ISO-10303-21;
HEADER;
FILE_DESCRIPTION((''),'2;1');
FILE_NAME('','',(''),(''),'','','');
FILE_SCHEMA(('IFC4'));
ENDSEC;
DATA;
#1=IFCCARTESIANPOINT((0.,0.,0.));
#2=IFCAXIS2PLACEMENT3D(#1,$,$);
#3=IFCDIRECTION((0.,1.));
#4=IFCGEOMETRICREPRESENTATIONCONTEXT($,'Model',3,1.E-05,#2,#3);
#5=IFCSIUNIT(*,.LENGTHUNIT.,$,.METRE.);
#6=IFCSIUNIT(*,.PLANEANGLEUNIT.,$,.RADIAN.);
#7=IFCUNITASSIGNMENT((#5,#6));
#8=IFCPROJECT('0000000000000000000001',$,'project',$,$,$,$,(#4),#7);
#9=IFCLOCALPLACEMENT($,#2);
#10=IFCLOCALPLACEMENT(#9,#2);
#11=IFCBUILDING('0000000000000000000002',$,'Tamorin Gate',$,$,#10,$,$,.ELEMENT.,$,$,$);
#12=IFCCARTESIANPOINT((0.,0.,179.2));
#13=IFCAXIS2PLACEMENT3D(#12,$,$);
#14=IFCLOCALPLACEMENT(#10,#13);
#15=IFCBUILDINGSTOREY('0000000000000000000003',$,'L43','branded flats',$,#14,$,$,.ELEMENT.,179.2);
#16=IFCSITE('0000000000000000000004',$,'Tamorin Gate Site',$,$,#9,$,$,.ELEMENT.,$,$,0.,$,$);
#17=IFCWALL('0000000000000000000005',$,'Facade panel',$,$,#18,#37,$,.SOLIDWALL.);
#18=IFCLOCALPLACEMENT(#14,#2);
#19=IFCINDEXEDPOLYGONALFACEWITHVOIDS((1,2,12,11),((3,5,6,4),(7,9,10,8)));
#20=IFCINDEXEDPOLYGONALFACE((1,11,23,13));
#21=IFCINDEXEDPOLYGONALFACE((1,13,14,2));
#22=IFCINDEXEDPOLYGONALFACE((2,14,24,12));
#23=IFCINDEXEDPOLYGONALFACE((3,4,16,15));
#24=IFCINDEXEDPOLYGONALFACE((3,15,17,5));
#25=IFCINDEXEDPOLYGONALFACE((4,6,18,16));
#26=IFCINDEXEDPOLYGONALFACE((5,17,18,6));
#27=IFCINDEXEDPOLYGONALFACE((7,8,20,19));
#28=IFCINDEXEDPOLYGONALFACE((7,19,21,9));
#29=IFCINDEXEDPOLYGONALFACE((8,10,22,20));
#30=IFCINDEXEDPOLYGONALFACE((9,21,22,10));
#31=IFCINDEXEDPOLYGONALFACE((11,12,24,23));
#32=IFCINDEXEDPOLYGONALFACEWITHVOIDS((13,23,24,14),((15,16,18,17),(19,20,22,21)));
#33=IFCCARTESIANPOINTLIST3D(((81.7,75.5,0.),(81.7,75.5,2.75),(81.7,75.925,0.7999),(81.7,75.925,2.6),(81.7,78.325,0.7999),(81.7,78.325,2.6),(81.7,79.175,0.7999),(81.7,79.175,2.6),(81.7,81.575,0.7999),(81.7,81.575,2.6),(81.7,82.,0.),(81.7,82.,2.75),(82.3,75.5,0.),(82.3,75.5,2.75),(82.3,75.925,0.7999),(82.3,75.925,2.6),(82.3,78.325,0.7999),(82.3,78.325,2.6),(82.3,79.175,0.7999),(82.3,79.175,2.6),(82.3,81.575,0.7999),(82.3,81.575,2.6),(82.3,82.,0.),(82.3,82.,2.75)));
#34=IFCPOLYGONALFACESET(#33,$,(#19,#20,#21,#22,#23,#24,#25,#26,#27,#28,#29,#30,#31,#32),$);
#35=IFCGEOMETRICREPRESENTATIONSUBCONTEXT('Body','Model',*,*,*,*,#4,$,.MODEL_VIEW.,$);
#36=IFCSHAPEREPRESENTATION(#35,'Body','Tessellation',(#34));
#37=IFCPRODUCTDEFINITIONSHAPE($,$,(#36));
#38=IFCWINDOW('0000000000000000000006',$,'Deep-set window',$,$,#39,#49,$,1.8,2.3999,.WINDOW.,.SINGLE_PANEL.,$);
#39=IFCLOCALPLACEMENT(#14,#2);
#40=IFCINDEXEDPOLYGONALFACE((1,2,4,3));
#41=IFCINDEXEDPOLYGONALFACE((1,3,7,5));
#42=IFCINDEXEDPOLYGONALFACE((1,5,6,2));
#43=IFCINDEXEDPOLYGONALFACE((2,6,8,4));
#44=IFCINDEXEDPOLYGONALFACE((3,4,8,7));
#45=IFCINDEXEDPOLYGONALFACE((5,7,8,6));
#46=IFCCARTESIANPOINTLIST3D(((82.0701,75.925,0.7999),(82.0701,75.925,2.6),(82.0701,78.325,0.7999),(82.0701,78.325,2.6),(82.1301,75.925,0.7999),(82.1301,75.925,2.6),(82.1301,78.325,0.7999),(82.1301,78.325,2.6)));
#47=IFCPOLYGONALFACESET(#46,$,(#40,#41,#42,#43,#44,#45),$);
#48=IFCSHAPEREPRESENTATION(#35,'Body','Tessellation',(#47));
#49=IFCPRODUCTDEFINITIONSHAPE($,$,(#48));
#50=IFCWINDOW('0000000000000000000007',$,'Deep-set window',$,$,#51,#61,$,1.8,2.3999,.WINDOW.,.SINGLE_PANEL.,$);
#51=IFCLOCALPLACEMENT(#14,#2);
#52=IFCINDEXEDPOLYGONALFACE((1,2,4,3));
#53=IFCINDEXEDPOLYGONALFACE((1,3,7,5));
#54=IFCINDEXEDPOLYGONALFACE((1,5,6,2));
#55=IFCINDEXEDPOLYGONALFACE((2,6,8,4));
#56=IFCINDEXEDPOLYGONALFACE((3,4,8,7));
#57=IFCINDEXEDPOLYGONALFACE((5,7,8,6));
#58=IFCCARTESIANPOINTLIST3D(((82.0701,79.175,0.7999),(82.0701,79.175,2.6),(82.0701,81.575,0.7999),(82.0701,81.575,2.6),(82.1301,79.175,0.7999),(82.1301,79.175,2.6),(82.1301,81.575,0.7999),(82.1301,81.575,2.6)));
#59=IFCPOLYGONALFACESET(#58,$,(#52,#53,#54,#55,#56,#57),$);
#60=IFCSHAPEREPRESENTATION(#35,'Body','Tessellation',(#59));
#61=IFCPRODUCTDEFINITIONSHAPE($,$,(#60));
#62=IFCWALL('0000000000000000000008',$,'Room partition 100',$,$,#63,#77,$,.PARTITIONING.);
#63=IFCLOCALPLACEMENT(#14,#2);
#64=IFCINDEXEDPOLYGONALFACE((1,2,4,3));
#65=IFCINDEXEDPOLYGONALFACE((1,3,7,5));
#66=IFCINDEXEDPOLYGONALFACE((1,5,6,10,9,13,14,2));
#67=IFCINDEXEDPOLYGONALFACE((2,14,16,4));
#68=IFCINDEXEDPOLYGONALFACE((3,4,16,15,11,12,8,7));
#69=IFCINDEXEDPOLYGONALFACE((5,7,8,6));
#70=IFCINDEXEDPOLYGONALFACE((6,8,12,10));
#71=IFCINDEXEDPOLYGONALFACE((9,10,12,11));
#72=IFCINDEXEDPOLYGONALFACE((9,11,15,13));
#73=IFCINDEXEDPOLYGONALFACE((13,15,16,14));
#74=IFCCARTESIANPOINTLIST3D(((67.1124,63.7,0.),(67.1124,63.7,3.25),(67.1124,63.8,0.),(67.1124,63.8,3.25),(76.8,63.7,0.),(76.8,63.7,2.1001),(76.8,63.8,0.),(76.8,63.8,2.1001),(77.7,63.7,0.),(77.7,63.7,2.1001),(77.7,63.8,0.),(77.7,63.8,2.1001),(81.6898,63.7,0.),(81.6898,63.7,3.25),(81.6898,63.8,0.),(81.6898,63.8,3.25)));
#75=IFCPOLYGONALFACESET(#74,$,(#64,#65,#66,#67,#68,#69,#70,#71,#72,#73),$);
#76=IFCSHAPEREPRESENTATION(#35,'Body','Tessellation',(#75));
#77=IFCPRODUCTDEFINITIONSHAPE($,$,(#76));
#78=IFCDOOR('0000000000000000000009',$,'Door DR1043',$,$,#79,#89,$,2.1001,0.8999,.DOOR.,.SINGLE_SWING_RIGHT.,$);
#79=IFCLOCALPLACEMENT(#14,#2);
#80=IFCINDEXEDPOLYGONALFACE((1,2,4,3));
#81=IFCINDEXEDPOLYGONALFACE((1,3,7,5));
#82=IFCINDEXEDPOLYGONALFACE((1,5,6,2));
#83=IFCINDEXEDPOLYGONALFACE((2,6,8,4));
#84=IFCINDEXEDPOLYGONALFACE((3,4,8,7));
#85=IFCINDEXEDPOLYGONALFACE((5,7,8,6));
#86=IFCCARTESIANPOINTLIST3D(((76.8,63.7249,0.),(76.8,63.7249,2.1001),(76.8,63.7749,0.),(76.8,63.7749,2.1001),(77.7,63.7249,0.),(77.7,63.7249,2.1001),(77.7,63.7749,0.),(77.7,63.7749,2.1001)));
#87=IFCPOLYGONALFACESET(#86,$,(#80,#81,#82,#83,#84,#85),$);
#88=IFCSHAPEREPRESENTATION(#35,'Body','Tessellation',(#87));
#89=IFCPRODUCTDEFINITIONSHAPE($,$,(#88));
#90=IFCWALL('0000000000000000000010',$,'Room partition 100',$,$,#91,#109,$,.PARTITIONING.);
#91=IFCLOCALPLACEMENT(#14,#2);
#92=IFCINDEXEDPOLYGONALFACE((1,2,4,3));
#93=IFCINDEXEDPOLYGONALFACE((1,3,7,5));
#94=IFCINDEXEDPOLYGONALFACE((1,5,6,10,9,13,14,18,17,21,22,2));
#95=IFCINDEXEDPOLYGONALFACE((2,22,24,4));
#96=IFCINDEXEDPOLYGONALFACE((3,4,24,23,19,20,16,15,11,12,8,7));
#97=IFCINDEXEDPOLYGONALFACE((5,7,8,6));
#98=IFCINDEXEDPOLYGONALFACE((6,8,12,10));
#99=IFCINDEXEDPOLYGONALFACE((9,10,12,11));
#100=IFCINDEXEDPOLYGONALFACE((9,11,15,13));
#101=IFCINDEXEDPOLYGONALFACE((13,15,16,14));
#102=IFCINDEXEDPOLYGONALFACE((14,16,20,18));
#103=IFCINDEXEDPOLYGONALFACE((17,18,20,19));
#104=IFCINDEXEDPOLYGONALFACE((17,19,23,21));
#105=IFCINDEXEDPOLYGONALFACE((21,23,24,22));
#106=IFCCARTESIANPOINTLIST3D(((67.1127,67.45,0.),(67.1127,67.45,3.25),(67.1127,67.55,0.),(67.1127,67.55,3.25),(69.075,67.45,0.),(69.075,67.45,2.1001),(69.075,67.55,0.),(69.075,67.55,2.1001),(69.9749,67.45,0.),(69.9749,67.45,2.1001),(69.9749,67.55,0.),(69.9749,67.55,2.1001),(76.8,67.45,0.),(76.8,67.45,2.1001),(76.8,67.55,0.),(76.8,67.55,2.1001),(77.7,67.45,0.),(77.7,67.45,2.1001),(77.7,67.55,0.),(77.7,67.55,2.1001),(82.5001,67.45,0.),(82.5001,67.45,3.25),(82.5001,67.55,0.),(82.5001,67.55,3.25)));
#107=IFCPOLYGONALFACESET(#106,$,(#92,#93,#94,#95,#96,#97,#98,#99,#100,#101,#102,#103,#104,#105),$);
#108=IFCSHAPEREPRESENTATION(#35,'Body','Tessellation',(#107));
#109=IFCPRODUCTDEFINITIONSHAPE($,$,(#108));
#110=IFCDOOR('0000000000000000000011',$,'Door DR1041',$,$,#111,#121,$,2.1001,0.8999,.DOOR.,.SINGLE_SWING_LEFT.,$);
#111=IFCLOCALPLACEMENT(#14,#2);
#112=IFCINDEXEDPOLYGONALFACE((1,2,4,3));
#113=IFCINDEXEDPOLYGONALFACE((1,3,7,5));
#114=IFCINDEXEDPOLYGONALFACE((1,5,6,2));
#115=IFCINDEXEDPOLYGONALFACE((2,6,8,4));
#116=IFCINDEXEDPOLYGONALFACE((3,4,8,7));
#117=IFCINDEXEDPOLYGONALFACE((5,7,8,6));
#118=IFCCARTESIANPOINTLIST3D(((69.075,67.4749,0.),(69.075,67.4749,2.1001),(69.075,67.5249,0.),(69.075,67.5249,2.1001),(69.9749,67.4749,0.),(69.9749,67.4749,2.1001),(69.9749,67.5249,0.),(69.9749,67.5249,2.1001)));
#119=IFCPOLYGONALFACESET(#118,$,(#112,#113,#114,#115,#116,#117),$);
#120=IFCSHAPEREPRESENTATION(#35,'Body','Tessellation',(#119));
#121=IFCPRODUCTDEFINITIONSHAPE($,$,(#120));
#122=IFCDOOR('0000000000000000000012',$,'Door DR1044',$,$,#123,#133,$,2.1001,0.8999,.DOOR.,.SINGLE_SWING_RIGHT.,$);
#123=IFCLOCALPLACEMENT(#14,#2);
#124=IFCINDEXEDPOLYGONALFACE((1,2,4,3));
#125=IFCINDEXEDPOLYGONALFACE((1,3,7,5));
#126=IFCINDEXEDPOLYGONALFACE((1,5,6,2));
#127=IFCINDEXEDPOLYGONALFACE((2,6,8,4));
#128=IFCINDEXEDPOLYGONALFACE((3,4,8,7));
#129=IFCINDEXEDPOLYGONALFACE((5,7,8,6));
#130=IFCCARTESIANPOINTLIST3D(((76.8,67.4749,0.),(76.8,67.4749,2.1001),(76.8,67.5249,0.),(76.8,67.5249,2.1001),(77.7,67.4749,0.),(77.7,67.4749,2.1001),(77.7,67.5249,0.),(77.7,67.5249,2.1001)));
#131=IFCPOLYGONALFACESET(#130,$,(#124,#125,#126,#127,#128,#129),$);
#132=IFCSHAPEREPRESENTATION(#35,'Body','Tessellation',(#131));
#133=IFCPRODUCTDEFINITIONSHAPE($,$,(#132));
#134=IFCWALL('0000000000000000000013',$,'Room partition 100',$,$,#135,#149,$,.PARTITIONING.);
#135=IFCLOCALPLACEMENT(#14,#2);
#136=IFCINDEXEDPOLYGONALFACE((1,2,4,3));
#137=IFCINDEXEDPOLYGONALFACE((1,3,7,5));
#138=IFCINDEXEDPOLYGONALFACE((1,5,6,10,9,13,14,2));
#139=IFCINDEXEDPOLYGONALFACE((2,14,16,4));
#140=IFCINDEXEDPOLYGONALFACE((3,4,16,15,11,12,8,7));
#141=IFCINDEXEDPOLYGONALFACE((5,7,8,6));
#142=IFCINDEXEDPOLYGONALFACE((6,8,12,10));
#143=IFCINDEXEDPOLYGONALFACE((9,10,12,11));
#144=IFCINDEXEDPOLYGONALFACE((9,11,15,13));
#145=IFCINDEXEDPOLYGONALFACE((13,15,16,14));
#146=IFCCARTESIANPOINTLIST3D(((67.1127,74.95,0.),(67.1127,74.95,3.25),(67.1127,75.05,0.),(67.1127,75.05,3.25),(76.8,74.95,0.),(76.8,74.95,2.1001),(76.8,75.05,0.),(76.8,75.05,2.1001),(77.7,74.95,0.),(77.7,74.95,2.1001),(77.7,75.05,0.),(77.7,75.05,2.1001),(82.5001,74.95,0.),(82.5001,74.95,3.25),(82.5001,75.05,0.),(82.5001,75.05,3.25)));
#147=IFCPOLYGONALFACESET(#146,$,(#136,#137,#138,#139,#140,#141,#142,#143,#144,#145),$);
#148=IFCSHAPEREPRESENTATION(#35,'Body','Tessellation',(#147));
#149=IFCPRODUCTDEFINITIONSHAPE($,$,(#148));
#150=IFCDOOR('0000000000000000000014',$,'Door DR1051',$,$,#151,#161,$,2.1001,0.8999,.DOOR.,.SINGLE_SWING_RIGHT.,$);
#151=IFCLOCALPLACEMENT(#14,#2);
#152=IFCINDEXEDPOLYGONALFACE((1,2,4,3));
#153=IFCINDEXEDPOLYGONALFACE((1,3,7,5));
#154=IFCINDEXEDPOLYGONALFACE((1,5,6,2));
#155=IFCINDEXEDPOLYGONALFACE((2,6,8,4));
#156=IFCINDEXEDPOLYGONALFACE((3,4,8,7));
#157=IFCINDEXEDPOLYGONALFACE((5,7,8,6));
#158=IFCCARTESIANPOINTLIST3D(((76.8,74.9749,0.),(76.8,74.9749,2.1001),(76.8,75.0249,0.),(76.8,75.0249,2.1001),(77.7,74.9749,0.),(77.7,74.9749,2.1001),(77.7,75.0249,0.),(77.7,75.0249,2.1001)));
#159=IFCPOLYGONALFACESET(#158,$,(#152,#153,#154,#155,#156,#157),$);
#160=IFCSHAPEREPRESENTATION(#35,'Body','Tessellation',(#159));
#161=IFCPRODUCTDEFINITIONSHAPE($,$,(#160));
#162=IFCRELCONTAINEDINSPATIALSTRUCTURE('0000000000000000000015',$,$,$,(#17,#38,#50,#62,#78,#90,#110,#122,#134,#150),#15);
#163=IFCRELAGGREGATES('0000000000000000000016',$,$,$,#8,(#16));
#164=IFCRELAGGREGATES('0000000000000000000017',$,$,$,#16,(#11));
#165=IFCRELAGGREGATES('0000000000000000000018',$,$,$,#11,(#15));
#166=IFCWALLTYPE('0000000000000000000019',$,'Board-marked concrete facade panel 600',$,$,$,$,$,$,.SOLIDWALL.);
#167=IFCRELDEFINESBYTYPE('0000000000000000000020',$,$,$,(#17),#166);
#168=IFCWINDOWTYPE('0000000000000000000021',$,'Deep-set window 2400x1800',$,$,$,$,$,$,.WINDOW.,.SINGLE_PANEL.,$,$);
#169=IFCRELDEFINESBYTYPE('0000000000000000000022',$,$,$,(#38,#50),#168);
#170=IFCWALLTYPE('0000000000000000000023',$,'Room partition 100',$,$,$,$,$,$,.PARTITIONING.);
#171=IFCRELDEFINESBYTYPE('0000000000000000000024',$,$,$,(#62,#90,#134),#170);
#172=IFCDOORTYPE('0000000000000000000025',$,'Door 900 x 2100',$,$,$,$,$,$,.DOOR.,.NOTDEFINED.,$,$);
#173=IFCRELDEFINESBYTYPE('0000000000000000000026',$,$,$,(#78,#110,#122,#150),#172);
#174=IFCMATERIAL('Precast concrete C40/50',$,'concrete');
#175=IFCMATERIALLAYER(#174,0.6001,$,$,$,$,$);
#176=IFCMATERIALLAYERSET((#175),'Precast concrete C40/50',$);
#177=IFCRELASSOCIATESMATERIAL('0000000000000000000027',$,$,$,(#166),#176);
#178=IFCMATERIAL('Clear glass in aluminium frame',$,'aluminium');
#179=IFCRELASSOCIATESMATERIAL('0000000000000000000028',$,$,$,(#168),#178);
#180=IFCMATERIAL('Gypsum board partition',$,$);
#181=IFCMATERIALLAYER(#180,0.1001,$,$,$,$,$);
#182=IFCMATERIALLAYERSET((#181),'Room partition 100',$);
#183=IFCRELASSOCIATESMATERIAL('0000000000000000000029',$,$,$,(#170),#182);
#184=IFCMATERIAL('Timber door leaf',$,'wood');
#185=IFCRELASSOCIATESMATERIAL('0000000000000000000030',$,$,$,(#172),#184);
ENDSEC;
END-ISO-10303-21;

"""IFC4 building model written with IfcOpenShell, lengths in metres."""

from ifc_helpers import new_model, si_unit, direction, frame, frame_2d, origin, place, context, subcontext, project, spatial, rectangle, extrude, material, layer, layer_set, type_object, element, fill, save


model = new_model("IFC4")

# Units and contexts
model_context = context("Model", 3, precision=1e-05, world=origin(), true_north=direction((0.0, 1.0)))
body_context = subcontext(model_context, "Body", "Model", "MODEL_VIEW")
ifc_project = project(units=[si_unit("LENGTHUNIT", "METRE"), si_unit("PLANEANGLEUNIT", "RADIAN")], contexts=[model_context])

# Site, building, storey
site_placement = place(None, origin())
site = spatial("IfcSite", under=ifc_project, at=site_placement, Name="Tamorin Gate Site", CompositionType="ELEMENT", RefElevation=0.0)
building_placement = place(site_placement, origin())
building = spatial("IfcBuilding", under=site, at=building_placement, Name="Tamorin Gate", CompositionType="ELEMENT")
storey_placement = place(building_placement, frame((0.0, 0.0, 179.2)))
storey = spatial("IfcBuildingStorey", under=building, at=storey_placement, Name="L43", Description="branded flats", CompositionType="ELEMENT", Elevation=179.2)

# Wall, openings, windows
ifc_material_1 = material(Name="Precast concrete C40/50", Category="concrete")
ifc_layer_1 = layer(ifc_material_1, 0.6001)
ifc_layer_set_1 = layer_set([ifc_layer_1], Name="Precast concrete C40/50")
wall_type_1 = type_object("IfcWallType", Name="Board-marked concrete facade panel 600", PredefinedType="SOLIDWALL", material=ifc_layer_set_1)
ifc_material_2 = material(Name="Clear glass in aluminium frame", Category="aluminium")
window_type = type_object("IfcWindowType", Name="Deep-set window 2400x1800", PartitioningType="SINGLE_PANEL", PredefinedType="WINDOW", material=ifc_material_2)
wall_1_placement = place(storey_placement, frame((82.0, 75.5, 0.0), z_axis=(0.0, 0.0, 1.0), x_axis=(0.0, 1.0, 0.0)))
wall_1 = element("IfcWall", 1, at=wall_1_placement, inside=storey, type_object=wall_type_1, Name="Facade panel", PredefinedType="SOLIDWALL", context=body_context, shape_type="SweptSolid", body=[
    extrude(rectangle(XDim=6.5, YDim=0.6001, at=frame_2d((3.25, 0.0))), origin(), (0.0, 0.0, 1.0), 2.75),
])
opening_1_placement = place(wall_1_placement, frame((0.425, 0.0, 0.8)))
opening_1 = element("IfcOpeningElement", 2, at=opening_1_placement, cuts=wall_1, PredefinedType="OPENING", context=body_context, shape_type="SweptSolid", body=[
    extrude(rectangle(XDim=2.3999, YDim=1.8, at=frame_2d((1.2, 0.8999))), frame((0.0, 0.3101, 0.0), z_axis=(0.0, -1.0, 0.0), x_axis=(1.0, 0.0, 0.0)), (0.0, 0.0, 1.0), 0.6201),
])
opening_2_placement = place(wall_1_placement, frame((3.675, 0.0, 0.8)))
opening_2 = element("IfcOpeningElement", 3, at=opening_2_placement, cuts=wall_1, PredefinedType="OPENING", context=body_context, shape_type="SweptSolid", body=[
    extrude(rectangle(XDim=2.3999, YDim=1.8, at=frame_2d((1.2, 0.8999))), frame((0.0, 0.3101, 0.0), z_axis=(0.0, -1.0, 0.0), x_axis=(1.0, 0.0, 0.0)), (0.0, 0.0, 1.0), 0.6201),
])
window_1_placement = place(opening_1_placement, origin())
window_1 = element("IfcWindow", 4, at=window_1_placement, inside=storey, type_object=window_type, Name="Deep-set window", OverallHeight=1.8, OverallWidth=2.3999, PartitioningType="SINGLE_PANEL", PredefinedType="WINDOW", context=body_context, shape_type="SweptSolid", body=[
    extrude(rectangle(XDim=2.3999, YDim=1.8, at=frame_2d((1.2, 0.8999))), frame((0.0, -0.0701, 0.0), z_axis=(0.0, -1.0, 0.0), x_axis=(1.0, 0.0, 0.0)), (0.0, 0.0, 1.0), 0.0601),
])
fill(opening_1, window_1)
window_2_placement = place(opening_2_placement, origin())
window_2 = element("IfcWindow", 5, at=window_2_placement, inside=storey, type_object=window_type, Name="Deep-set window", OverallHeight=1.8, OverallWidth=2.3999, PartitioningType="SINGLE_PANEL", PredefinedType="WINDOW", context=body_context, shape_type="SweptSolid", body=[
    extrude(rectangle(XDim=2.3999, YDim=1.8, at=frame_2d((1.2, 0.8999))), frame((0.0, -0.0701, 0.0), z_axis=(0.0, -1.0, 0.0), x_axis=(1.0, 0.0, 0.0)), (0.0, 0.0, 1.0), 0.0601),
])
fill(opening_2, window_2)

# Wall, opening, door
ifc_material_3 = material(Name="Gypsum board partition")
ifc_layer_2 = layer(ifc_material_3, 0.1001)
ifc_layer_set_2 = layer_set([ifc_layer_2], Name="Room partition 100")
wall_type_2 = type_object("IfcWallType", Name="Room partition 100", PredefinedType="PARTITIONING", material=ifc_layer_set_2)
wall_2_placement = place(storey_placement, frame((67.1125, 63.75, 0.0), z_axis=(0.0, 0.0, 1.0), x_axis=(1.0, 0.0, 0.0)))
wall_2 = element("IfcWall", 6, at=wall_2_placement, inside=storey, type_object=wall_type_2, Name="Room partition 100", PredefinedType="PARTITIONING", context=body_context, shape_type="SweptSolid", body=[
    extrude(rectangle(XDim=14.5774, YDim=0.1001, at=frame_2d((7.2886, 0.0))), origin(), (0.0, 0.0, 1.0), 3.25),
])
opening_3_placement = place(wall_2_placement, frame((9.6875, 0.0, 0.0)))
opening_3 = element("IfcOpeningElement", 7, at=opening_3_placement, cuts=wall_2, PredefinedType="OPENING", context=body_context, shape_type="SweptSolid", body=[
    extrude(rectangle(XDim=0.8999, YDim=2.1001, at=frame_2d((0.45, 1.05))), frame((0.0, 0.0601, 0.0), z_axis=(0.0, -1.0, 0.0), x_axis=(1.0, 0.0, 0.0)), (0.0, 0.0, 1.0), 0.1201),
])
ifc_material_4 = material(Name="Timber door leaf", Category="wood")
door_type = type_object("IfcDoorType", Name="Door 900 x 2100", OperationType="NOTDEFINED", PredefinedType="DOOR", material=ifc_material_4)
door_1_placement = place(opening_3_placement, origin())
door_1 = element("IfcDoor", 8, at=door_1_placement, inside=storey, type_object=door_type, Name="Door DR1043", OperationType="SINGLE_SWING_RIGHT", OverallHeight=2.1001, OverallWidth=0.8999, PredefinedType="DOOR", context=body_context, shape_type="SweptSolid", body=[
    extrude(rectangle(XDim=0.8999, YDim=2.1001, at=frame_2d((0.45, 1.05))), frame((0.0, 0.0249, 0.0), z_axis=(0.0, -1.0, 0.0), x_axis=(1.0, 0.0, 0.0)), (0.0, 0.0, 1.0), 0.05),
])
fill(opening_3, door_1)

# Wall, openings, doors
wall_3_placement = place(storey_placement, frame((67.1125, 67.5, 0.0), z_axis=(0.0, 0.0, 1.0), x_axis=(1.0, 0.0, 0.0)))
wall_3 = element("IfcWall", 9, at=wall_3_placement, inside=storey, type_object=wall_type_2, Name="Room partition 100", PredefinedType="PARTITIONING", context=body_context, shape_type="SweptSolid", body=[
    extrude(rectangle(XDim=15.3875, YDim=0.1001, at=frame_2d((7.6938, 0.0))), origin(), (0.0, 0.0, 1.0), 3.25),
])
opening_4_placement = place(wall_3_placement, frame((1.9624, 0.0, 0.0)))
opening_4 = element("IfcOpeningElement", 10, at=opening_4_placement, cuts=wall_3, PredefinedType="OPENING", context=body_context, shape_type="SweptSolid", body=[
    extrude(rectangle(XDim=0.8999, YDim=2.1001, at=frame_2d((0.45, 1.05))), frame((0.0, 0.0601, 0.0), z_axis=(0.0, -1.0, 0.0), x_axis=(1.0, 0.0, 0.0)), (0.0, 0.0, 1.0), 0.1201),
])
opening_5_placement = place(wall_3_placement, frame((9.6875, 0.0, 0.0)))
opening_5 = element("IfcOpeningElement", 11, at=opening_5_placement, cuts=wall_3, PredefinedType="OPENING", context=body_context, shape_type="SweptSolid", body=[
    extrude(rectangle(XDim=0.8999, YDim=2.1001, at=frame_2d((0.45, 1.05))), frame((0.0, 0.0601, 0.0), z_axis=(0.0, -1.0, 0.0), x_axis=(1.0, 0.0, 0.0)), (0.0, 0.0, 1.0), 0.1201),
])
door_2_placement = place(opening_4_placement, origin())
door_2 = element("IfcDoor", 12, at=door_2_placement, inside=storey, type_object=door_type, Name="Door DR1041", OperationType="SINGLE_SWING_LEFT", OverallHeight=2.1001, OverallWidth=0.8999, PredefinedType="DOOR", context=body_context, shape_type="SweptSolid", body=[
    extrude(rectangle(XDim=0.8999, YDim=2.1001, at=frame_2d((0.45, 1.05))), frame((0.0, 0.0249, 0.0), z_axis=(0.0, -1.0, 0.0), x_axis=(1.0, 0.0, 0.0)), (0.0, 0.0, 1.0), 0.05),
])
fill(opening_4, door_2)
door_3_placement = place(opening_5_placement, origin())
door_3 = element("IfcDoor", 13, at=door_3_placement, inside=storey, type_object=door_type, Name="Door DR1044", OperationType="SINGLE_SWING_RIGHT", OverallHeight=2.1001, OverallWidth=0.8999, PredefinedType="DOOR", context=body_context, shape_type="SweptSolid", body=[
    extrude(rectangle(XDim=0.8999, YDim=2.1001, at=frame_2d((0.45, 1.05))), frame((0.0, 0.0249, 0.0), z_axis=(0.0, -1.0, 0.0), x_axis=(1.0, 0.0, 0.0)), (0.0, 0.0, 1.0), 0.05),
])
fill(opening_5, door_3)

# Wall, opening, door
wall_4_placement = place(storey_placement, frame((67.1125, 75.0, 0.0), z_axis=(0.0, 0.0, 1.0), x_axis=(1.0, 0.0, 0.0)))
wall_4 = element("IfcWall", 14, at=wall_4_placement, inside=storey, type_object=wall_type_2, Name="Room partition 100", PredefinedType="PARTITIONING", context=body_context, shape_type="SweptSolid", body=[
    extrude(rectangle(XDim=15.3875, YDim=0.1001, at=frame_2d((7.6938, 0.0))), origin(), (0.0, 0.0, 1.0), 3.25),
])
opening_6_placement = place(wall_4_placement, frame((9.6875, 0.0, 0.0)))
opening_6 = element("IfcOpeningElement", 15, at=opening_6_placement, cuts=wall_4, PredefinedType="OPENING", context=body_context, shape_type="SweptSolid", body=[
    extrude(rectangle(XDim=0.8999, YDim=2.1001, at=frame_2d((0.45, 1.05))), frame((0.0, 0.0601, 0.0), z_axis=(0.0, -1.0, 0.0), x_axis=(1.0, 0.0, 0.0)), (0.0, 0.0, 1.0), 0.1201),
])
door_4_placement = place(opening_6_placement, origin())
door_4 = element("IfcDoor", 16, at=door_4_placement, inside=storey, type_object=door_type, Name="Door DR1051", OperationType="SINGLE_SWING_RIGHT", OverallHeight=2.1001, OverallWidth=0.8999, PredefinedType="DOOR", context=body_context, shape_type="SweptSolid", body=[
    extrude(rectangle(XDim=0.8999, YDim=2.1001, at=frame_2d((0.45, 1.05))), frame((0.0, 0.0249, 0.0), z_axis=(0.0, -1.0, 0.0), x_axis=(1.0, 0.0, 0.0)), (0.0, 0.0, 1.0), 0.05),
])
fill(opening_6, door_4)

save(model, "model.ifc")
